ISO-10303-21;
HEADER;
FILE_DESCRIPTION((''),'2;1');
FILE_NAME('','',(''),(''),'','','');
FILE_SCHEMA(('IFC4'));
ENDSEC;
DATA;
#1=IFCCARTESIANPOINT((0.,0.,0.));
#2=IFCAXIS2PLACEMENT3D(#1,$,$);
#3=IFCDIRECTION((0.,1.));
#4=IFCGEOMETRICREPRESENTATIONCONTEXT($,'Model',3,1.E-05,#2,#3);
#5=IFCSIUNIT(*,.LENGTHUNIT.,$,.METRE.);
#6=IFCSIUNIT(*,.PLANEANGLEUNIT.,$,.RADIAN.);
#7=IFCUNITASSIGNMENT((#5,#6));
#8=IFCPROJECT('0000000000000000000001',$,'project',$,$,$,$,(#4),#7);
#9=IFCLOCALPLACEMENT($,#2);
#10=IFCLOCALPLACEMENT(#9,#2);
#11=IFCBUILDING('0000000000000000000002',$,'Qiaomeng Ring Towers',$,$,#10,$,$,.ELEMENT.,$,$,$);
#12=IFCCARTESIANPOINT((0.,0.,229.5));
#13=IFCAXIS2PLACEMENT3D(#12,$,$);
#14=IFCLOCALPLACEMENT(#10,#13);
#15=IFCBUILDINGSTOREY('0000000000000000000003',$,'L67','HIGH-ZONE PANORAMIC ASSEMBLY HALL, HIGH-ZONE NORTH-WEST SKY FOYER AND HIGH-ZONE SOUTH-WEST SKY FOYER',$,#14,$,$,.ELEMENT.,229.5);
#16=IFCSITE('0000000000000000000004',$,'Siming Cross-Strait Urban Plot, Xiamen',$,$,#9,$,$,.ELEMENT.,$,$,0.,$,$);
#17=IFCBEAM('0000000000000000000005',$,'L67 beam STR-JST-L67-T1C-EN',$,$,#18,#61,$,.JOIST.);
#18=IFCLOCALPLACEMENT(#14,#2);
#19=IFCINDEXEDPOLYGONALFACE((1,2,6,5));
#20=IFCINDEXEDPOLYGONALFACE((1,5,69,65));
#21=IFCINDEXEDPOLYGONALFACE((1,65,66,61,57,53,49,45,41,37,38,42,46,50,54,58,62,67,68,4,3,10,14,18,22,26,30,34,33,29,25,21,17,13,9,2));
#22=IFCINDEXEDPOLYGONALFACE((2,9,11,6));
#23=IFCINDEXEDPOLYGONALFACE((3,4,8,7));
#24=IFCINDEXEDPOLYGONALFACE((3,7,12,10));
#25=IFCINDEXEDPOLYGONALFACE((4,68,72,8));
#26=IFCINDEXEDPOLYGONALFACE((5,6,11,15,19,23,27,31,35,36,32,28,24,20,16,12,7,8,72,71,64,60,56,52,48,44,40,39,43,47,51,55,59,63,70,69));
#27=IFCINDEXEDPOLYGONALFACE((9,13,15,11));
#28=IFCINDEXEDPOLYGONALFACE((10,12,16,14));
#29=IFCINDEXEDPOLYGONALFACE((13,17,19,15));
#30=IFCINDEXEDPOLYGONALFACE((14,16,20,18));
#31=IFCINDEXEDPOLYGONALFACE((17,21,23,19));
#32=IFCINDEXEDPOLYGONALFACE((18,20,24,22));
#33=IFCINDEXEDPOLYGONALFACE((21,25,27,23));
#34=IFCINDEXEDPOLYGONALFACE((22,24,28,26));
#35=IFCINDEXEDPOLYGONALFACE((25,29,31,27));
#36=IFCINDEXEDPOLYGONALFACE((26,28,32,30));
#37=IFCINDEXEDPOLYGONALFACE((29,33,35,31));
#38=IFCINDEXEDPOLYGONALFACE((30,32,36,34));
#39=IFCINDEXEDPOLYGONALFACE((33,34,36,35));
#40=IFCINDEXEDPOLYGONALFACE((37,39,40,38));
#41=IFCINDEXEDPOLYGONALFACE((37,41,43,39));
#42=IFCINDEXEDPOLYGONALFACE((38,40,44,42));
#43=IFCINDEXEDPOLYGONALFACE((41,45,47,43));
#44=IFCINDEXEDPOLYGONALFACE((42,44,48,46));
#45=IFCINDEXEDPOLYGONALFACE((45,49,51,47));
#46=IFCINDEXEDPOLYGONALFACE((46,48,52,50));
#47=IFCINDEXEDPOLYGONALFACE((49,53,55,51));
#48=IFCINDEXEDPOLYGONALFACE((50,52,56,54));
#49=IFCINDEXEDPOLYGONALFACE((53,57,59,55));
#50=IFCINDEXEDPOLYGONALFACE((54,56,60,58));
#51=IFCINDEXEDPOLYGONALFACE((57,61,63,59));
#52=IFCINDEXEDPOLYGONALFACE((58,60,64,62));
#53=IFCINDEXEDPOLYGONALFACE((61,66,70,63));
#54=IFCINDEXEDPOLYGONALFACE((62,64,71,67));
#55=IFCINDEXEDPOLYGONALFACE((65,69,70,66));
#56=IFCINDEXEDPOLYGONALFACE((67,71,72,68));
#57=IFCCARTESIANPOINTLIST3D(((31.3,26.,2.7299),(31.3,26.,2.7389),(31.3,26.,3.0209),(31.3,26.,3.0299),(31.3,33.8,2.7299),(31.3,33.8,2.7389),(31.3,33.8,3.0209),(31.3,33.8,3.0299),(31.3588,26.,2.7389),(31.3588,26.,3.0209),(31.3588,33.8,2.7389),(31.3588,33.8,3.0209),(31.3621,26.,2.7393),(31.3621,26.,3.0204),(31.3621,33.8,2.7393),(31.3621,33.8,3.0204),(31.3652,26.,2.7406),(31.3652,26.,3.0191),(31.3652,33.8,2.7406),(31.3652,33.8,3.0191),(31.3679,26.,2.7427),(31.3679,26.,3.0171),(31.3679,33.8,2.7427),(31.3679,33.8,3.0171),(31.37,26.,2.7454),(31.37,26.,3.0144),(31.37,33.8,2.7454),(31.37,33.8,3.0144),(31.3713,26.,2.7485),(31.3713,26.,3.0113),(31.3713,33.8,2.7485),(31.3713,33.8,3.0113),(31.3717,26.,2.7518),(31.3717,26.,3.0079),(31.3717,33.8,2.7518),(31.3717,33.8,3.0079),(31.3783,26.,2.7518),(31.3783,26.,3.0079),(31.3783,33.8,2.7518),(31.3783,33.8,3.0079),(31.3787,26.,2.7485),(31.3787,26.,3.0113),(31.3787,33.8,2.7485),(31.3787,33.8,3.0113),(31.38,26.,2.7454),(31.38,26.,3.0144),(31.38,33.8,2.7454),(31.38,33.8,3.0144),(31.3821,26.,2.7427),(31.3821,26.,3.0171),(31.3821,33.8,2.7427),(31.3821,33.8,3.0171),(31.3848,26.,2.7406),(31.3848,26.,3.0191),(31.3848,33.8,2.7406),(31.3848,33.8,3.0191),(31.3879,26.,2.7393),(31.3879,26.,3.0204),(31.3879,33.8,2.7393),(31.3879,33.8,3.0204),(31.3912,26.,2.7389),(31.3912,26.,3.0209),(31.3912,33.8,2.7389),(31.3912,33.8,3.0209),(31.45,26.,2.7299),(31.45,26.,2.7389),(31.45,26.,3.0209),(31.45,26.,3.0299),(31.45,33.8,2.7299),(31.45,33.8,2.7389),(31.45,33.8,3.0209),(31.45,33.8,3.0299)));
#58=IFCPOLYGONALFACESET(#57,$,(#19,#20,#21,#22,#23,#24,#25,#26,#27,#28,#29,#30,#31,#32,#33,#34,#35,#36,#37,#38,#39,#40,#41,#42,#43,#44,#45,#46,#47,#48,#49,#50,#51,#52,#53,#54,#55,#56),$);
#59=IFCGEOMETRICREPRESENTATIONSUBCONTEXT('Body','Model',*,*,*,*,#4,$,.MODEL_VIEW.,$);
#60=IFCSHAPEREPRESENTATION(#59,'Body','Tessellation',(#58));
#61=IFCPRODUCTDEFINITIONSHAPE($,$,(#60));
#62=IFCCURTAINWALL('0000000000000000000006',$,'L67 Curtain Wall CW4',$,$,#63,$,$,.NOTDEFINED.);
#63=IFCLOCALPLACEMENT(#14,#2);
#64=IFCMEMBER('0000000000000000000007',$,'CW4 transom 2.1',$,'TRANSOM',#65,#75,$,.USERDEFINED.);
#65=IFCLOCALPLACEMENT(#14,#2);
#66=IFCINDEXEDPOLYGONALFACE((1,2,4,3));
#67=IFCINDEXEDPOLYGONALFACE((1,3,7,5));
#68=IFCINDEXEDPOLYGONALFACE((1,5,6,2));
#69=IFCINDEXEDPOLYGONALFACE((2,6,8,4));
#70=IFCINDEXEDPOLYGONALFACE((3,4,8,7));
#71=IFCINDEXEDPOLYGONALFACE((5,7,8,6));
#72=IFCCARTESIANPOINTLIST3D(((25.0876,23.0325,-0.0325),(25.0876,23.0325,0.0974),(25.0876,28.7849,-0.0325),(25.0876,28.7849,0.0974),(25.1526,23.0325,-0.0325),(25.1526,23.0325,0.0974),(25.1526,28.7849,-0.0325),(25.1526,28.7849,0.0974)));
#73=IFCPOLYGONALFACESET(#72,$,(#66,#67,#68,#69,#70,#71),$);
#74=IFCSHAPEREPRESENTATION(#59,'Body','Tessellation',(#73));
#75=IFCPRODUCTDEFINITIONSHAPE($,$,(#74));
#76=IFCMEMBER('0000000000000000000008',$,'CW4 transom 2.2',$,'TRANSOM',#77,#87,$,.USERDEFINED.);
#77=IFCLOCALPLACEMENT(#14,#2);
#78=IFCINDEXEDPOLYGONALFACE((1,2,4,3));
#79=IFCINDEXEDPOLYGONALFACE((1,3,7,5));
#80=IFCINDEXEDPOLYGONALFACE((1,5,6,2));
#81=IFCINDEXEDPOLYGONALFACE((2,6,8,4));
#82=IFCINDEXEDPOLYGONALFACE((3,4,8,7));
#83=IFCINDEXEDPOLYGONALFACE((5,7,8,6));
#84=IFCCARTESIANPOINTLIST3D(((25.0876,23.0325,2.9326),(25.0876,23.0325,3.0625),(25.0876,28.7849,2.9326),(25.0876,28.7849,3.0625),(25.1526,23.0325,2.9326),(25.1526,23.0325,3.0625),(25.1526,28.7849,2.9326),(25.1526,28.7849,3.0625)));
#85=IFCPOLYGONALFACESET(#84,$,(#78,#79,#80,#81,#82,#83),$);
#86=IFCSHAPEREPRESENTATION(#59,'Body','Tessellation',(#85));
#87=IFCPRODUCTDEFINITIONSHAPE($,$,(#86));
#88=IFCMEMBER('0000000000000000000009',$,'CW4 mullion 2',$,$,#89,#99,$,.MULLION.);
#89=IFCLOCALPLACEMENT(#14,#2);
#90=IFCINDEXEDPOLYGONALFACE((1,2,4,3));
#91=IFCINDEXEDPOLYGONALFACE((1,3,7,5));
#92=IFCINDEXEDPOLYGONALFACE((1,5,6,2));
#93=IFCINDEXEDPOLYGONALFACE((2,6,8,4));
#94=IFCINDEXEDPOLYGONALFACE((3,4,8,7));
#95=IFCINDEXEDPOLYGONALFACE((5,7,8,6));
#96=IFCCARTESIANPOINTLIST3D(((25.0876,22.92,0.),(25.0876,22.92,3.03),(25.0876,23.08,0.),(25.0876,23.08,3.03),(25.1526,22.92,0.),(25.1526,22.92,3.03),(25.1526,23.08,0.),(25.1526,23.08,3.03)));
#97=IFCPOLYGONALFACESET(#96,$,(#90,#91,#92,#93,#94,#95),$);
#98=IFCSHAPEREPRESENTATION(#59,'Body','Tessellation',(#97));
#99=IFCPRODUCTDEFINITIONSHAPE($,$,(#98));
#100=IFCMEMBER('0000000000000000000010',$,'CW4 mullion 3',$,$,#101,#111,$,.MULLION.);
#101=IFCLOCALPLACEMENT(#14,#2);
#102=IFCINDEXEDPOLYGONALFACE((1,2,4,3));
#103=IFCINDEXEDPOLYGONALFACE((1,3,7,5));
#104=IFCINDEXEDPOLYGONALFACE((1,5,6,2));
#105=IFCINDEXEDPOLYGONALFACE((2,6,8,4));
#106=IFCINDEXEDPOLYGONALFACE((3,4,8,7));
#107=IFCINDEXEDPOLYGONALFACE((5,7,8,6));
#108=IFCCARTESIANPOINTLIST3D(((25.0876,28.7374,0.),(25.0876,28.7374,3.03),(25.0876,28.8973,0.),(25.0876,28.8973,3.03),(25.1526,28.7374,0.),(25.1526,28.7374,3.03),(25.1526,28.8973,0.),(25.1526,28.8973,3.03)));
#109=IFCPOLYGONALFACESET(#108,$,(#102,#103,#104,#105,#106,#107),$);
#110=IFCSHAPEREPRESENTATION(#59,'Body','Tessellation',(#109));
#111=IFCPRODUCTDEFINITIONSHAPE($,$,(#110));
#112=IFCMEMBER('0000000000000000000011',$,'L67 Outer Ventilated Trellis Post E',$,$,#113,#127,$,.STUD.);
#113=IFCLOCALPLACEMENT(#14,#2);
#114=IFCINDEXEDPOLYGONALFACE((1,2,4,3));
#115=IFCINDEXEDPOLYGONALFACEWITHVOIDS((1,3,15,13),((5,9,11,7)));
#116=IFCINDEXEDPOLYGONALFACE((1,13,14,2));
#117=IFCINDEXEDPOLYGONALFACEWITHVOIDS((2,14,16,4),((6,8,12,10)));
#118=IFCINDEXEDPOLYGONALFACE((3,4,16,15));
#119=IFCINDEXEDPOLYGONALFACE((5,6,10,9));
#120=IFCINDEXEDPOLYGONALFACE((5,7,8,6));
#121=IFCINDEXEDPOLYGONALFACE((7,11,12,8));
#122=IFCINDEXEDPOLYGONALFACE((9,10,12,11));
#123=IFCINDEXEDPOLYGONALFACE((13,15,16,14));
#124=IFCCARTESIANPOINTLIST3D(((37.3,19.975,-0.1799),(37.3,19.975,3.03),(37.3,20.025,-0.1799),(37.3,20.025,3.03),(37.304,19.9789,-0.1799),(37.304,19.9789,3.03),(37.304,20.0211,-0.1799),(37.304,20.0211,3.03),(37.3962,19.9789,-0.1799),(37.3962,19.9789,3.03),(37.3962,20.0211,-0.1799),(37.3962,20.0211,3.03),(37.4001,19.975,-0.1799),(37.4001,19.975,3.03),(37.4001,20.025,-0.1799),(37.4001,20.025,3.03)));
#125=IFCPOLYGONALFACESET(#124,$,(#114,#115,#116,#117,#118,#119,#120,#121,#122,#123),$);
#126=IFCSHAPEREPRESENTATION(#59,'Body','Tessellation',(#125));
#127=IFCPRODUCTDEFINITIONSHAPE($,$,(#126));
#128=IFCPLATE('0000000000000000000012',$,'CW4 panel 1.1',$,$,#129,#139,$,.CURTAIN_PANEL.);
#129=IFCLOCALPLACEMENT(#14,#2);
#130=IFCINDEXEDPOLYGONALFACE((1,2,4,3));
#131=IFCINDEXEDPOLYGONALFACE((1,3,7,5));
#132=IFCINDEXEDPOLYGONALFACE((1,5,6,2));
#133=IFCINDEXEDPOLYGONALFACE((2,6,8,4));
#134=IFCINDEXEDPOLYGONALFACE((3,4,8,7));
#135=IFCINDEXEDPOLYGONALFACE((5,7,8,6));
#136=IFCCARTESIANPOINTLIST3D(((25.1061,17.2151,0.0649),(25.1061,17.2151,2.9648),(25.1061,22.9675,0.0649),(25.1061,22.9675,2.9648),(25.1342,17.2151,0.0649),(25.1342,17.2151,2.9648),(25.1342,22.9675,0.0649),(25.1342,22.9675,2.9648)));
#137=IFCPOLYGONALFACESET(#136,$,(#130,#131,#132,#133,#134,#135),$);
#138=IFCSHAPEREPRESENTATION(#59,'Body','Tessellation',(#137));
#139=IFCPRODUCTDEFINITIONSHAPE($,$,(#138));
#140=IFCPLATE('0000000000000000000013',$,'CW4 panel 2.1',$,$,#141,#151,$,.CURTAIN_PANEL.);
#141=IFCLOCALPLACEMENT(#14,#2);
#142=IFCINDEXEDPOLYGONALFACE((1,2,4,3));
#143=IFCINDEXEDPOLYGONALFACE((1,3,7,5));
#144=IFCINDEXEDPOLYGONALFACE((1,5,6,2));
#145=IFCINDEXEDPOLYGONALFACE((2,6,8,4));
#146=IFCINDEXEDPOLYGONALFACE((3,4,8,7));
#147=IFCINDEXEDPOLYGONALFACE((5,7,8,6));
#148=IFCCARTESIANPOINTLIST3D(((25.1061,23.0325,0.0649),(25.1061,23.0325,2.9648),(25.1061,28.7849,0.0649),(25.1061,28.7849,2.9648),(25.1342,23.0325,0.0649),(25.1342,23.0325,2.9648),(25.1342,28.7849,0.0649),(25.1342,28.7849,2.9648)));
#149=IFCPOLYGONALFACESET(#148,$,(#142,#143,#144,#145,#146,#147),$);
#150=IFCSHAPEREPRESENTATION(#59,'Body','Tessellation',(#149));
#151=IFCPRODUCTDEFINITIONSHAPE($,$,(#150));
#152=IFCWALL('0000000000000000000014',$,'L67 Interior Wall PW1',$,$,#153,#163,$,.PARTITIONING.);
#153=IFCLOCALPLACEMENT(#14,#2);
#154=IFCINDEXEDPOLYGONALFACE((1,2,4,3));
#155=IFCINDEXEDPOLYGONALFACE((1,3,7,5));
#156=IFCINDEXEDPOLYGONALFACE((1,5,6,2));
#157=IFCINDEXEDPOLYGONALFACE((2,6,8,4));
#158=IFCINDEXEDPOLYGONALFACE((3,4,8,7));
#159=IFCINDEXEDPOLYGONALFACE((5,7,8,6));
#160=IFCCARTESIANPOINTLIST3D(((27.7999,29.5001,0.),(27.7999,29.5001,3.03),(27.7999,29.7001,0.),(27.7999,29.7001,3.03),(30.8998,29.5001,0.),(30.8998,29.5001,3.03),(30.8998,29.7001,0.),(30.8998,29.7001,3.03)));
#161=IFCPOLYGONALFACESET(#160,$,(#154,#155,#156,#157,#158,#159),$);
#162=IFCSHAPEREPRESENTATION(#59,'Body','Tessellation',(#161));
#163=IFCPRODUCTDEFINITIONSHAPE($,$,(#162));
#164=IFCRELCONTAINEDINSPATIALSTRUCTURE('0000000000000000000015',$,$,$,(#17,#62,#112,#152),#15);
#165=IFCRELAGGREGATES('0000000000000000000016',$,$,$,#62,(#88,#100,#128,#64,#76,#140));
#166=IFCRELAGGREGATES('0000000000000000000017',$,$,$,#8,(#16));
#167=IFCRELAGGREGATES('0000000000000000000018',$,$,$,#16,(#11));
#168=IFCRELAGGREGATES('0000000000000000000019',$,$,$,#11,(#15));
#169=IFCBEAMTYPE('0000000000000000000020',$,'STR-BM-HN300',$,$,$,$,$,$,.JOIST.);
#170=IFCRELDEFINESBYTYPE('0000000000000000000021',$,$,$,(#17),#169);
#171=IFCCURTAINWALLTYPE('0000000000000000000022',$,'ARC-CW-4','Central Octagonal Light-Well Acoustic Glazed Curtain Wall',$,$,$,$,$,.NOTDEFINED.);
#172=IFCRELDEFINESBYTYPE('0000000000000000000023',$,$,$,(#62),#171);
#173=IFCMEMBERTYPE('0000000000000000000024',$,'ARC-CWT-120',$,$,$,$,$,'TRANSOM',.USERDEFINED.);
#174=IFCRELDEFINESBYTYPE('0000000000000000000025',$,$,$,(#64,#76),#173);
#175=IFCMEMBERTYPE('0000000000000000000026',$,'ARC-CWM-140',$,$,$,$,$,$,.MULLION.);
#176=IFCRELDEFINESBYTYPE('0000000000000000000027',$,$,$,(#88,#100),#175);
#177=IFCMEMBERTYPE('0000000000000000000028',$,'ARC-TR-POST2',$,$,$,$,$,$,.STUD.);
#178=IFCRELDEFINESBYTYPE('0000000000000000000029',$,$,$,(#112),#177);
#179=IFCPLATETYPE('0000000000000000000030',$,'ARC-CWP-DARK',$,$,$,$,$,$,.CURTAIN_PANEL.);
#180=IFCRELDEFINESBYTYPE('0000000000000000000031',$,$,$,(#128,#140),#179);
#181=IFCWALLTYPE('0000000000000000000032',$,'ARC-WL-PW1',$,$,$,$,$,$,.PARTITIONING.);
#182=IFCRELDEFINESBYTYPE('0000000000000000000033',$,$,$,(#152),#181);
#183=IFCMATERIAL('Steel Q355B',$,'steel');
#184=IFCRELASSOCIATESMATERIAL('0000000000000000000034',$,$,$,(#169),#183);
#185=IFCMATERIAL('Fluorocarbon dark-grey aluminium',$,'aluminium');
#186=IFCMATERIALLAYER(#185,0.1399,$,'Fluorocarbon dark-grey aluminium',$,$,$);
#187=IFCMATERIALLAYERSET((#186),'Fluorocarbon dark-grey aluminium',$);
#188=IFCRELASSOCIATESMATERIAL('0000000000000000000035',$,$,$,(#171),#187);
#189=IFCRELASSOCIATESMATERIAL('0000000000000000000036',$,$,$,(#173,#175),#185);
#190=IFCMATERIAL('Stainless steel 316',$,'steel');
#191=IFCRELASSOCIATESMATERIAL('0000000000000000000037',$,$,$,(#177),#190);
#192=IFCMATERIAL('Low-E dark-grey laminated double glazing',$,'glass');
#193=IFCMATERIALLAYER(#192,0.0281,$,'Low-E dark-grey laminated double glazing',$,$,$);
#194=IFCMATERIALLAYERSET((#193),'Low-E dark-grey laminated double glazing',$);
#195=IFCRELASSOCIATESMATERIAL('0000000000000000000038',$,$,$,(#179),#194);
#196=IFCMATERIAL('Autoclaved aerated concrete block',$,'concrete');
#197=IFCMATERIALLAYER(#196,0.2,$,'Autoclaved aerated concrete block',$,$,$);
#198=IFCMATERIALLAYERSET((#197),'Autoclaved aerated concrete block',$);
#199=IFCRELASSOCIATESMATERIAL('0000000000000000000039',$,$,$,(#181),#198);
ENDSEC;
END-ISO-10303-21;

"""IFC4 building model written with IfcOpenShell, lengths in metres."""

from ifc_helpers import new_model, si_unit, direction, frame, frame_2d, origin, origin_2d, place, context, subcontext, project, spatial, rectangle, hollow_rectangle, i_section, extrude, source, transform, mapped, material, layer, layer_set, material_profile, profile_set, type_object, element, aggregate, save


model = new_model("IFC4")

# Units and contexts
model_context = context("Model", 3, precision=1e-05, world=origin(), true_north=direction((0.0, 1.0)))
body_context = subcontext(model_context, "Body", "Model", "MODEL_VIEW")
ifc_project = project(units=[si_unit("LENGTHUNIT", "METRE"), si_unit("PLANEANGLEUNIT", "RADIAN")], contexts=[model_context])

# Site, building, storey
site_placement = place(None, origin())
site = spatial("IfcSite", under=ifc_project, at=site_placement, Name="Siming Cross-Strait Urban Plot, Xiamen", CompositionType="ELEMENT", RefElevation=0.0)
building_placement = place(site_placement, origin())
building = spatial("IfcBuilding", under=site, at=building_placement, Name="Qiaomeng Ring Towers", CompositionType="ELEMENT")
storey_placement = place(building_placement, frame((0.0, 0.0, 229.5)))
storey = spatial("IfcBuildingStorey", under=building, at=storey_placement, Name="L67", Description="HIGH-ZONE PANORAMIC ASSEMBLY HALL, HIGH-ZONE NORTH-WEST SKY FOYER AND HIGH-ZONE SOUTH-WEST SKY FOYER", CompositionType="ELEMENT", Elevation=229.5)

# Beam
ifc_material_1 = material(Name="Steel Q355B", Category="steel")
ifc_material_profile_1 = material_profile(ifc_material_1, i_section(OverallWidth=0.1499, OverallDepth=0.3, WebThickness=0.0066, FlangeThickness=0.009, FilletRadius=0.0129, at=origin_2d()), Name="HN 300x150x6.5x9")
ifc_profile_set_1 = profile_set([ifc_material_profile_1], Name="Steel Q355B")
beam_type_1 = type_object("IfcBeamType", Name="STR-BM-HN300", PredefinedType="JOIST", material=ifc_profile_set_1)
shared_shape_1 = source(origin(), body_context, "Body", "SweptSolid", [
    extrude(i_section(OverallWidth=0.1499, OverallDepth=0.3, WebThickness=0.0066, FlangeThickness=0.009, FilletRadius=0.0129, at=origin_2d()), origin(), (0.0, 0.0, 1.0), 7.8),
])
beam_1_placement = place(storey_placement, frame((31.375, 26.0, 2.8799), z_axis=(0.0, 1.0, 0.0), x_axis=(-1.0, 0.0, 0.0)))
element("IfcBeam", 1, at=beam_1_placement, inside=storey, type_object=beam_type_1, Name="L67 beam STR-JST-L67-T1C-EN", PredefinedType="JOIST", context=body_context, shape_type="MappedRepresentation", body=[
    mapped(shared_shape_1, transform((0.0, 0.0, 0.0), x_axis=(1.0, 0.0, 0.0), y_axis=(0.0, 1.0, 0.0), z_axis=(0.0, 0.0, 1.0), scale=1.0)),
])

# Curtain wall, members
ifc_material_2 = material(Name="Fluorocarbon dark-grey aluminium", Category="aluminium")
ifc_layer_1 = layer(ifc_material_2, 0.1399, Name="Fluorocarbon dark-grey aluminium")
ifc_layer_set_1 = layer_set([ifc_layer_1], Name="Fluorocarbon dark-grey aluminium")
curtain_wall_type = type_object("IfcCurtainWallType", Name="ARC-CW-4", Description="Central Octagonal Light-Well Acoustic Glazed Curtain Wall", PredefinedType="NOTDEFINED", material=ifc_layer_set_1)
curtain_wall_placement = place(storey_placement, origin())
curtain_wall = element("IfcCurtainWall", 2, at=curtain_wall_placement, inside=storey, type_object=curtain_wall_type, Name="L67 Curtain Wall CW4", PredefinedType="NOTDEFINED")
ifc_material_profile_2 = material_profile(ifc_material_2, rectangle(XDim=0.0649, YDim=0.1299, at=origin_2d()), Name="ALU TRAN 65x130")
ifc_profile_set_2 = profile_set([ifc_material_profile_2], Name="Fluorocarbon dark-grey aluminium")
member_type_1 = type_object("IfcMemberType", Name="ARC-CWT-120", ElementType="TRANSOM", PredefinedType="USERDEFINED", material=ifc_profile_set_2)
shared_shape_2 = source(origin(), body_context, "Body", "SweptSolid", [
    extrude(rectangle(XDim=0.0649, YDim=0.1299, at=origin_2d()), origin(), (0.0, 0.0, 1.0), 5.7524),
])
member_1_placement = place(storey_placement, frame((25.1201, 23.0325, 0.0325), z_axis=(0.0, 1.0, 0.0), x_axis=(-1.0, 0.0, 0.0)))
member_1 = element("IfcMember", 3, at=member_1_placement, type_object=member_type_1, Name="CW4 transom 2.1", ObjectType="TRANSOM", PredefinedType="USERDEFINED", context=body_context, shape_type="MappedRepresentation", body=[
    mapped(shared_shape_2, transform((0.0, 0.0, 0.0), x_axis=(1.0, 0.0, 0.0), y_axis=(0.0, 1.0, 0.0), z_axis=(0.0, 0.0, 1.0), scale=1.0)),
])
member_2_placement = place(storey_placement, frame((25.1201, 23.0325, 2.9976), z_axis=(0.0, 1.0, 0.0), x_axis=(-1.0, 0.0, 0.0)))
member_2 = element("IfcMember", 4, at=member_2_placement, type_object=member_type_1, Name="CW4 transom 2.2", ObjectType="TRANSOM", PredefinedType="USERDEFINED", context=body_context, shape_type="MappedRepresentation", body=[
    mapped(shared_shape_2, transform((0.0, 0.0, 0.0), x_axis=(1.0, 0.0, 0.0), y_axis=(0.0, 1.0, 0.0), z_axis=(0.0, 0.0, 1.0), scale=1.0)),
])
ifc_material_profile_3 = material_profile(ifc_material_2, rectangle(XDim=0.0649, YDim=0.1599, at=origin_2d()), Name="ALU MULL 65x160")
ifc_profile_set_3 = profile_set([ifc_material_profile_3], Name="Fluorocarbon dark-grey aluminium")
member_type_2 = type_object("IfcMemberType", Name="ARC-CWM-140", PredefinedType="MULLION", material=ifc_profile_set_3)
shared_shape_3 = source(origin(), body_context, "Body", "SweptSolid", [
    extrude(rectangle(XDim=0.0649, YDim=0.1599, at=origin_2d()), origin(), (0.0, 0.0, 1.0), 3.03),
])
member_3_placement = place(storey_placement, frame((25.1201, 23.0, 0.0), z_axis=(0.0, 0.0, 1.0), x_axis=(-1.0, 0.0, 0.0)))
member_3 = element("IfcMember", 5, at=member_3_placement, type_object=member_type_2, Name="CW4 mullion 2", PredefinedType="MULLION", context=body_context, shape_type="MappedRepresentation", body=[
    mapped(shared_shape_3, transform((0.0, 0.0, 0.0), x_axis=(1.0, 0.0, 0.0), y_axis=(0.0, 1.0, 0.0), z_axis=(0.0, 0.0, 1.0), scale=1.0)),
])
member_4_placement = place(storey_placement, frame((25.1201, 28.8174, 0.0), z_axis=(0.0, 0.0, 1.0), x_axis=(-1.0, 0.0, 0.0)))
member_4 = element("IfcMember", 6, at=member_4_placement, type_object=member_type_2, Name="CW4 mullion 3", PredefinedType="MULLION", context=body_context, shape_type="MappedRepresentation", body=[
    mapped(shared_shape_3, transform((0.0, 0.0, 0.0), x_axis=(1.0, 0.0, 0.0), y_axis=(0.0, 1.0, 0.0), z_axis=(0.0, 0.0, 1.0), scale=1.0)),
])

# Member
ifc_material_3 = material(Name="Stainless steel 316", Category="steel")
ifc_material_profile_4 = material_profile(ifc_material_3, hollow_rectangle(XDim=0.05, YDim=0.1001, WallThickness=0.0039, at=origin_2d()), Name="SS TRELLIS 100x50")
ifc_profile_set_4 = profile_set([ifc_material_profile_4], Name="Stainless steel 316")
member_type_3 = type_object("IfcMemberType", Name="ARC-TR-POST2", PredefinedType="STUD", material=ifc_profile_set_4)
shared_shape_4 = source(origin(), body_context, "Body", "SweptSolid", [
    extrude(hollow_rectangle(XDim=0.05, YDim=0.1001, WallThickness=0.0039, at=origin_2d()), origin(), (0.0, 0.0, 1.0), 3.21),
])
member_5_placement = place(storey_placement, frame((37.3501, 20.0, -0.1799), z_axis=(0.0, 0.0, 1.0), x_axis=(0.0, 1.0, 0.0)))
element("IfcMember", 7, at=member_5_placement, inside=storey, type_object=member_type_3, Name="L67 Outer Ventilated Trellis Post E", PredefinedType="STUD", context=body_context, shape_type="MappedRepresentation", body=[
    mapped(shared_shape_4, transform((0.0, 0.0, 0.0), x_axis=(1.0, 0.0, 0.0), y_axis=(0.0, 1.0, 0.0), z_axis=(0.0, 0.0, 1.0), scale=1.0)),
])

# Plates
ifc_material_4 = material(Name="Low-E dark-grey laminated double glazing", Category="glass")
ifc_layer_2 = layer(ifc_material_4, 0.0281, Name="Low-E dark-grey laminated double glazing")
ifc_layer_set_2 = layer_set([ifc_layer_2], Name="Low-E dark-grey laminated double glazing")
plate_type = type_object("IfcPlateType", Name="ARC-CWP-DARK", PredefinedType="CURTAIN_PANEL", material=ifc_layer_set_2)
shared_shape_5 = source(origin(), body_context, "Body", "SweptSolid", [
    extrude(rectangle(XDim=5.7524, YDim=0.0281, at=origin_2d()), origin(), (0.0, 0.0, 1.0), 2.8999),
])
plate_1_placement = place(storey_placement, frame((25.1201, 20.0913, 0.0649), z_axis=(0.0, 0.0, 1.0), x_axis=(0.0, 1.0, 0.0)))
plate_1 = element("IfcPlate", 8, at=plate_1_placement, type_object=plate_type, Name="CW4 panel 1.1", PredefinedType="CURTAIN_PANEL", context=body_context, shape_type="MappedRepresentation", body=[
    mapped(shared_shape_5, transform((0.0, 0.0, 0.0), x_axis=(1.0, 0.0, 0.0), y_axis=(0.0, 1.0, 0.0), z_axis=(0.0, 0.0, 1.0), scale=1.0)),
])
plate_2_placement = place(storey_placement, frame((25.1201, 25.9087, 0.0649), z_axis=(0.0, 0.0, 1.0), x_axis=(0.0, 1.0, 0.0)))
plate_2 = element("IfcPlate", 9, at=plate_2_placement, type_object=plate_type, Name="CW4 panel 2.1", PredefinedType="CURTAIN_PANEL", context=body_context, shape_type="MappedRepresentation", body=[
    mapped(shared_shape_5, transform((0.0, 0.0, 0.0), x_axis=(1.0, 0.0, 0.0), y_axis=(0.0, 1.0, 0.0), z_axis=(0.0, 0.0, 1.0), scale=1.0)),
])
aggregate(curtain_wall, [member_3, member_4, plate_1, member_1, member_2, plate_2])

# Wall
ifc_material_5 = material(Name="Autoclaved aerated concrete block", Category="concrete")
ifc_layer_3 = layer(ifc_material_5, 0.2, Name="Autoclaved aerated concrete block")
ifc_layer_set_3 = layer_set([ifc_layer_3], Name="Autoclaved aerated concrete block")
wall_type_1 = type_object("IfcWallType", Name="ARC-WL-PW1", PredefinedType="PARTITIONING", material=ifc_layer_set_3)
wall_1_placement = place(storey_placement, frame((27.8, 29.6001, 0.0), z_axis=(0.0, 0.0, 1.0), x_axis=(1.0, 0.0, 0.0)))
element("IfcWall", 10, at=wall_1_placement, inside=storey, type_object=wall_type_1, Name="L67 Interior Wall PW1", PredefinedType="PARTITIONING", context=body_context, shape_type="SweptSolid", body=[
    extrude(rectangle(XDim=3.0999, YDim=0.2, at=frame_2d((1.5498, 0.0))), origin(), (0.0, 0.0, 1.0), 3.03),
])

save(model, "model.ifc")
